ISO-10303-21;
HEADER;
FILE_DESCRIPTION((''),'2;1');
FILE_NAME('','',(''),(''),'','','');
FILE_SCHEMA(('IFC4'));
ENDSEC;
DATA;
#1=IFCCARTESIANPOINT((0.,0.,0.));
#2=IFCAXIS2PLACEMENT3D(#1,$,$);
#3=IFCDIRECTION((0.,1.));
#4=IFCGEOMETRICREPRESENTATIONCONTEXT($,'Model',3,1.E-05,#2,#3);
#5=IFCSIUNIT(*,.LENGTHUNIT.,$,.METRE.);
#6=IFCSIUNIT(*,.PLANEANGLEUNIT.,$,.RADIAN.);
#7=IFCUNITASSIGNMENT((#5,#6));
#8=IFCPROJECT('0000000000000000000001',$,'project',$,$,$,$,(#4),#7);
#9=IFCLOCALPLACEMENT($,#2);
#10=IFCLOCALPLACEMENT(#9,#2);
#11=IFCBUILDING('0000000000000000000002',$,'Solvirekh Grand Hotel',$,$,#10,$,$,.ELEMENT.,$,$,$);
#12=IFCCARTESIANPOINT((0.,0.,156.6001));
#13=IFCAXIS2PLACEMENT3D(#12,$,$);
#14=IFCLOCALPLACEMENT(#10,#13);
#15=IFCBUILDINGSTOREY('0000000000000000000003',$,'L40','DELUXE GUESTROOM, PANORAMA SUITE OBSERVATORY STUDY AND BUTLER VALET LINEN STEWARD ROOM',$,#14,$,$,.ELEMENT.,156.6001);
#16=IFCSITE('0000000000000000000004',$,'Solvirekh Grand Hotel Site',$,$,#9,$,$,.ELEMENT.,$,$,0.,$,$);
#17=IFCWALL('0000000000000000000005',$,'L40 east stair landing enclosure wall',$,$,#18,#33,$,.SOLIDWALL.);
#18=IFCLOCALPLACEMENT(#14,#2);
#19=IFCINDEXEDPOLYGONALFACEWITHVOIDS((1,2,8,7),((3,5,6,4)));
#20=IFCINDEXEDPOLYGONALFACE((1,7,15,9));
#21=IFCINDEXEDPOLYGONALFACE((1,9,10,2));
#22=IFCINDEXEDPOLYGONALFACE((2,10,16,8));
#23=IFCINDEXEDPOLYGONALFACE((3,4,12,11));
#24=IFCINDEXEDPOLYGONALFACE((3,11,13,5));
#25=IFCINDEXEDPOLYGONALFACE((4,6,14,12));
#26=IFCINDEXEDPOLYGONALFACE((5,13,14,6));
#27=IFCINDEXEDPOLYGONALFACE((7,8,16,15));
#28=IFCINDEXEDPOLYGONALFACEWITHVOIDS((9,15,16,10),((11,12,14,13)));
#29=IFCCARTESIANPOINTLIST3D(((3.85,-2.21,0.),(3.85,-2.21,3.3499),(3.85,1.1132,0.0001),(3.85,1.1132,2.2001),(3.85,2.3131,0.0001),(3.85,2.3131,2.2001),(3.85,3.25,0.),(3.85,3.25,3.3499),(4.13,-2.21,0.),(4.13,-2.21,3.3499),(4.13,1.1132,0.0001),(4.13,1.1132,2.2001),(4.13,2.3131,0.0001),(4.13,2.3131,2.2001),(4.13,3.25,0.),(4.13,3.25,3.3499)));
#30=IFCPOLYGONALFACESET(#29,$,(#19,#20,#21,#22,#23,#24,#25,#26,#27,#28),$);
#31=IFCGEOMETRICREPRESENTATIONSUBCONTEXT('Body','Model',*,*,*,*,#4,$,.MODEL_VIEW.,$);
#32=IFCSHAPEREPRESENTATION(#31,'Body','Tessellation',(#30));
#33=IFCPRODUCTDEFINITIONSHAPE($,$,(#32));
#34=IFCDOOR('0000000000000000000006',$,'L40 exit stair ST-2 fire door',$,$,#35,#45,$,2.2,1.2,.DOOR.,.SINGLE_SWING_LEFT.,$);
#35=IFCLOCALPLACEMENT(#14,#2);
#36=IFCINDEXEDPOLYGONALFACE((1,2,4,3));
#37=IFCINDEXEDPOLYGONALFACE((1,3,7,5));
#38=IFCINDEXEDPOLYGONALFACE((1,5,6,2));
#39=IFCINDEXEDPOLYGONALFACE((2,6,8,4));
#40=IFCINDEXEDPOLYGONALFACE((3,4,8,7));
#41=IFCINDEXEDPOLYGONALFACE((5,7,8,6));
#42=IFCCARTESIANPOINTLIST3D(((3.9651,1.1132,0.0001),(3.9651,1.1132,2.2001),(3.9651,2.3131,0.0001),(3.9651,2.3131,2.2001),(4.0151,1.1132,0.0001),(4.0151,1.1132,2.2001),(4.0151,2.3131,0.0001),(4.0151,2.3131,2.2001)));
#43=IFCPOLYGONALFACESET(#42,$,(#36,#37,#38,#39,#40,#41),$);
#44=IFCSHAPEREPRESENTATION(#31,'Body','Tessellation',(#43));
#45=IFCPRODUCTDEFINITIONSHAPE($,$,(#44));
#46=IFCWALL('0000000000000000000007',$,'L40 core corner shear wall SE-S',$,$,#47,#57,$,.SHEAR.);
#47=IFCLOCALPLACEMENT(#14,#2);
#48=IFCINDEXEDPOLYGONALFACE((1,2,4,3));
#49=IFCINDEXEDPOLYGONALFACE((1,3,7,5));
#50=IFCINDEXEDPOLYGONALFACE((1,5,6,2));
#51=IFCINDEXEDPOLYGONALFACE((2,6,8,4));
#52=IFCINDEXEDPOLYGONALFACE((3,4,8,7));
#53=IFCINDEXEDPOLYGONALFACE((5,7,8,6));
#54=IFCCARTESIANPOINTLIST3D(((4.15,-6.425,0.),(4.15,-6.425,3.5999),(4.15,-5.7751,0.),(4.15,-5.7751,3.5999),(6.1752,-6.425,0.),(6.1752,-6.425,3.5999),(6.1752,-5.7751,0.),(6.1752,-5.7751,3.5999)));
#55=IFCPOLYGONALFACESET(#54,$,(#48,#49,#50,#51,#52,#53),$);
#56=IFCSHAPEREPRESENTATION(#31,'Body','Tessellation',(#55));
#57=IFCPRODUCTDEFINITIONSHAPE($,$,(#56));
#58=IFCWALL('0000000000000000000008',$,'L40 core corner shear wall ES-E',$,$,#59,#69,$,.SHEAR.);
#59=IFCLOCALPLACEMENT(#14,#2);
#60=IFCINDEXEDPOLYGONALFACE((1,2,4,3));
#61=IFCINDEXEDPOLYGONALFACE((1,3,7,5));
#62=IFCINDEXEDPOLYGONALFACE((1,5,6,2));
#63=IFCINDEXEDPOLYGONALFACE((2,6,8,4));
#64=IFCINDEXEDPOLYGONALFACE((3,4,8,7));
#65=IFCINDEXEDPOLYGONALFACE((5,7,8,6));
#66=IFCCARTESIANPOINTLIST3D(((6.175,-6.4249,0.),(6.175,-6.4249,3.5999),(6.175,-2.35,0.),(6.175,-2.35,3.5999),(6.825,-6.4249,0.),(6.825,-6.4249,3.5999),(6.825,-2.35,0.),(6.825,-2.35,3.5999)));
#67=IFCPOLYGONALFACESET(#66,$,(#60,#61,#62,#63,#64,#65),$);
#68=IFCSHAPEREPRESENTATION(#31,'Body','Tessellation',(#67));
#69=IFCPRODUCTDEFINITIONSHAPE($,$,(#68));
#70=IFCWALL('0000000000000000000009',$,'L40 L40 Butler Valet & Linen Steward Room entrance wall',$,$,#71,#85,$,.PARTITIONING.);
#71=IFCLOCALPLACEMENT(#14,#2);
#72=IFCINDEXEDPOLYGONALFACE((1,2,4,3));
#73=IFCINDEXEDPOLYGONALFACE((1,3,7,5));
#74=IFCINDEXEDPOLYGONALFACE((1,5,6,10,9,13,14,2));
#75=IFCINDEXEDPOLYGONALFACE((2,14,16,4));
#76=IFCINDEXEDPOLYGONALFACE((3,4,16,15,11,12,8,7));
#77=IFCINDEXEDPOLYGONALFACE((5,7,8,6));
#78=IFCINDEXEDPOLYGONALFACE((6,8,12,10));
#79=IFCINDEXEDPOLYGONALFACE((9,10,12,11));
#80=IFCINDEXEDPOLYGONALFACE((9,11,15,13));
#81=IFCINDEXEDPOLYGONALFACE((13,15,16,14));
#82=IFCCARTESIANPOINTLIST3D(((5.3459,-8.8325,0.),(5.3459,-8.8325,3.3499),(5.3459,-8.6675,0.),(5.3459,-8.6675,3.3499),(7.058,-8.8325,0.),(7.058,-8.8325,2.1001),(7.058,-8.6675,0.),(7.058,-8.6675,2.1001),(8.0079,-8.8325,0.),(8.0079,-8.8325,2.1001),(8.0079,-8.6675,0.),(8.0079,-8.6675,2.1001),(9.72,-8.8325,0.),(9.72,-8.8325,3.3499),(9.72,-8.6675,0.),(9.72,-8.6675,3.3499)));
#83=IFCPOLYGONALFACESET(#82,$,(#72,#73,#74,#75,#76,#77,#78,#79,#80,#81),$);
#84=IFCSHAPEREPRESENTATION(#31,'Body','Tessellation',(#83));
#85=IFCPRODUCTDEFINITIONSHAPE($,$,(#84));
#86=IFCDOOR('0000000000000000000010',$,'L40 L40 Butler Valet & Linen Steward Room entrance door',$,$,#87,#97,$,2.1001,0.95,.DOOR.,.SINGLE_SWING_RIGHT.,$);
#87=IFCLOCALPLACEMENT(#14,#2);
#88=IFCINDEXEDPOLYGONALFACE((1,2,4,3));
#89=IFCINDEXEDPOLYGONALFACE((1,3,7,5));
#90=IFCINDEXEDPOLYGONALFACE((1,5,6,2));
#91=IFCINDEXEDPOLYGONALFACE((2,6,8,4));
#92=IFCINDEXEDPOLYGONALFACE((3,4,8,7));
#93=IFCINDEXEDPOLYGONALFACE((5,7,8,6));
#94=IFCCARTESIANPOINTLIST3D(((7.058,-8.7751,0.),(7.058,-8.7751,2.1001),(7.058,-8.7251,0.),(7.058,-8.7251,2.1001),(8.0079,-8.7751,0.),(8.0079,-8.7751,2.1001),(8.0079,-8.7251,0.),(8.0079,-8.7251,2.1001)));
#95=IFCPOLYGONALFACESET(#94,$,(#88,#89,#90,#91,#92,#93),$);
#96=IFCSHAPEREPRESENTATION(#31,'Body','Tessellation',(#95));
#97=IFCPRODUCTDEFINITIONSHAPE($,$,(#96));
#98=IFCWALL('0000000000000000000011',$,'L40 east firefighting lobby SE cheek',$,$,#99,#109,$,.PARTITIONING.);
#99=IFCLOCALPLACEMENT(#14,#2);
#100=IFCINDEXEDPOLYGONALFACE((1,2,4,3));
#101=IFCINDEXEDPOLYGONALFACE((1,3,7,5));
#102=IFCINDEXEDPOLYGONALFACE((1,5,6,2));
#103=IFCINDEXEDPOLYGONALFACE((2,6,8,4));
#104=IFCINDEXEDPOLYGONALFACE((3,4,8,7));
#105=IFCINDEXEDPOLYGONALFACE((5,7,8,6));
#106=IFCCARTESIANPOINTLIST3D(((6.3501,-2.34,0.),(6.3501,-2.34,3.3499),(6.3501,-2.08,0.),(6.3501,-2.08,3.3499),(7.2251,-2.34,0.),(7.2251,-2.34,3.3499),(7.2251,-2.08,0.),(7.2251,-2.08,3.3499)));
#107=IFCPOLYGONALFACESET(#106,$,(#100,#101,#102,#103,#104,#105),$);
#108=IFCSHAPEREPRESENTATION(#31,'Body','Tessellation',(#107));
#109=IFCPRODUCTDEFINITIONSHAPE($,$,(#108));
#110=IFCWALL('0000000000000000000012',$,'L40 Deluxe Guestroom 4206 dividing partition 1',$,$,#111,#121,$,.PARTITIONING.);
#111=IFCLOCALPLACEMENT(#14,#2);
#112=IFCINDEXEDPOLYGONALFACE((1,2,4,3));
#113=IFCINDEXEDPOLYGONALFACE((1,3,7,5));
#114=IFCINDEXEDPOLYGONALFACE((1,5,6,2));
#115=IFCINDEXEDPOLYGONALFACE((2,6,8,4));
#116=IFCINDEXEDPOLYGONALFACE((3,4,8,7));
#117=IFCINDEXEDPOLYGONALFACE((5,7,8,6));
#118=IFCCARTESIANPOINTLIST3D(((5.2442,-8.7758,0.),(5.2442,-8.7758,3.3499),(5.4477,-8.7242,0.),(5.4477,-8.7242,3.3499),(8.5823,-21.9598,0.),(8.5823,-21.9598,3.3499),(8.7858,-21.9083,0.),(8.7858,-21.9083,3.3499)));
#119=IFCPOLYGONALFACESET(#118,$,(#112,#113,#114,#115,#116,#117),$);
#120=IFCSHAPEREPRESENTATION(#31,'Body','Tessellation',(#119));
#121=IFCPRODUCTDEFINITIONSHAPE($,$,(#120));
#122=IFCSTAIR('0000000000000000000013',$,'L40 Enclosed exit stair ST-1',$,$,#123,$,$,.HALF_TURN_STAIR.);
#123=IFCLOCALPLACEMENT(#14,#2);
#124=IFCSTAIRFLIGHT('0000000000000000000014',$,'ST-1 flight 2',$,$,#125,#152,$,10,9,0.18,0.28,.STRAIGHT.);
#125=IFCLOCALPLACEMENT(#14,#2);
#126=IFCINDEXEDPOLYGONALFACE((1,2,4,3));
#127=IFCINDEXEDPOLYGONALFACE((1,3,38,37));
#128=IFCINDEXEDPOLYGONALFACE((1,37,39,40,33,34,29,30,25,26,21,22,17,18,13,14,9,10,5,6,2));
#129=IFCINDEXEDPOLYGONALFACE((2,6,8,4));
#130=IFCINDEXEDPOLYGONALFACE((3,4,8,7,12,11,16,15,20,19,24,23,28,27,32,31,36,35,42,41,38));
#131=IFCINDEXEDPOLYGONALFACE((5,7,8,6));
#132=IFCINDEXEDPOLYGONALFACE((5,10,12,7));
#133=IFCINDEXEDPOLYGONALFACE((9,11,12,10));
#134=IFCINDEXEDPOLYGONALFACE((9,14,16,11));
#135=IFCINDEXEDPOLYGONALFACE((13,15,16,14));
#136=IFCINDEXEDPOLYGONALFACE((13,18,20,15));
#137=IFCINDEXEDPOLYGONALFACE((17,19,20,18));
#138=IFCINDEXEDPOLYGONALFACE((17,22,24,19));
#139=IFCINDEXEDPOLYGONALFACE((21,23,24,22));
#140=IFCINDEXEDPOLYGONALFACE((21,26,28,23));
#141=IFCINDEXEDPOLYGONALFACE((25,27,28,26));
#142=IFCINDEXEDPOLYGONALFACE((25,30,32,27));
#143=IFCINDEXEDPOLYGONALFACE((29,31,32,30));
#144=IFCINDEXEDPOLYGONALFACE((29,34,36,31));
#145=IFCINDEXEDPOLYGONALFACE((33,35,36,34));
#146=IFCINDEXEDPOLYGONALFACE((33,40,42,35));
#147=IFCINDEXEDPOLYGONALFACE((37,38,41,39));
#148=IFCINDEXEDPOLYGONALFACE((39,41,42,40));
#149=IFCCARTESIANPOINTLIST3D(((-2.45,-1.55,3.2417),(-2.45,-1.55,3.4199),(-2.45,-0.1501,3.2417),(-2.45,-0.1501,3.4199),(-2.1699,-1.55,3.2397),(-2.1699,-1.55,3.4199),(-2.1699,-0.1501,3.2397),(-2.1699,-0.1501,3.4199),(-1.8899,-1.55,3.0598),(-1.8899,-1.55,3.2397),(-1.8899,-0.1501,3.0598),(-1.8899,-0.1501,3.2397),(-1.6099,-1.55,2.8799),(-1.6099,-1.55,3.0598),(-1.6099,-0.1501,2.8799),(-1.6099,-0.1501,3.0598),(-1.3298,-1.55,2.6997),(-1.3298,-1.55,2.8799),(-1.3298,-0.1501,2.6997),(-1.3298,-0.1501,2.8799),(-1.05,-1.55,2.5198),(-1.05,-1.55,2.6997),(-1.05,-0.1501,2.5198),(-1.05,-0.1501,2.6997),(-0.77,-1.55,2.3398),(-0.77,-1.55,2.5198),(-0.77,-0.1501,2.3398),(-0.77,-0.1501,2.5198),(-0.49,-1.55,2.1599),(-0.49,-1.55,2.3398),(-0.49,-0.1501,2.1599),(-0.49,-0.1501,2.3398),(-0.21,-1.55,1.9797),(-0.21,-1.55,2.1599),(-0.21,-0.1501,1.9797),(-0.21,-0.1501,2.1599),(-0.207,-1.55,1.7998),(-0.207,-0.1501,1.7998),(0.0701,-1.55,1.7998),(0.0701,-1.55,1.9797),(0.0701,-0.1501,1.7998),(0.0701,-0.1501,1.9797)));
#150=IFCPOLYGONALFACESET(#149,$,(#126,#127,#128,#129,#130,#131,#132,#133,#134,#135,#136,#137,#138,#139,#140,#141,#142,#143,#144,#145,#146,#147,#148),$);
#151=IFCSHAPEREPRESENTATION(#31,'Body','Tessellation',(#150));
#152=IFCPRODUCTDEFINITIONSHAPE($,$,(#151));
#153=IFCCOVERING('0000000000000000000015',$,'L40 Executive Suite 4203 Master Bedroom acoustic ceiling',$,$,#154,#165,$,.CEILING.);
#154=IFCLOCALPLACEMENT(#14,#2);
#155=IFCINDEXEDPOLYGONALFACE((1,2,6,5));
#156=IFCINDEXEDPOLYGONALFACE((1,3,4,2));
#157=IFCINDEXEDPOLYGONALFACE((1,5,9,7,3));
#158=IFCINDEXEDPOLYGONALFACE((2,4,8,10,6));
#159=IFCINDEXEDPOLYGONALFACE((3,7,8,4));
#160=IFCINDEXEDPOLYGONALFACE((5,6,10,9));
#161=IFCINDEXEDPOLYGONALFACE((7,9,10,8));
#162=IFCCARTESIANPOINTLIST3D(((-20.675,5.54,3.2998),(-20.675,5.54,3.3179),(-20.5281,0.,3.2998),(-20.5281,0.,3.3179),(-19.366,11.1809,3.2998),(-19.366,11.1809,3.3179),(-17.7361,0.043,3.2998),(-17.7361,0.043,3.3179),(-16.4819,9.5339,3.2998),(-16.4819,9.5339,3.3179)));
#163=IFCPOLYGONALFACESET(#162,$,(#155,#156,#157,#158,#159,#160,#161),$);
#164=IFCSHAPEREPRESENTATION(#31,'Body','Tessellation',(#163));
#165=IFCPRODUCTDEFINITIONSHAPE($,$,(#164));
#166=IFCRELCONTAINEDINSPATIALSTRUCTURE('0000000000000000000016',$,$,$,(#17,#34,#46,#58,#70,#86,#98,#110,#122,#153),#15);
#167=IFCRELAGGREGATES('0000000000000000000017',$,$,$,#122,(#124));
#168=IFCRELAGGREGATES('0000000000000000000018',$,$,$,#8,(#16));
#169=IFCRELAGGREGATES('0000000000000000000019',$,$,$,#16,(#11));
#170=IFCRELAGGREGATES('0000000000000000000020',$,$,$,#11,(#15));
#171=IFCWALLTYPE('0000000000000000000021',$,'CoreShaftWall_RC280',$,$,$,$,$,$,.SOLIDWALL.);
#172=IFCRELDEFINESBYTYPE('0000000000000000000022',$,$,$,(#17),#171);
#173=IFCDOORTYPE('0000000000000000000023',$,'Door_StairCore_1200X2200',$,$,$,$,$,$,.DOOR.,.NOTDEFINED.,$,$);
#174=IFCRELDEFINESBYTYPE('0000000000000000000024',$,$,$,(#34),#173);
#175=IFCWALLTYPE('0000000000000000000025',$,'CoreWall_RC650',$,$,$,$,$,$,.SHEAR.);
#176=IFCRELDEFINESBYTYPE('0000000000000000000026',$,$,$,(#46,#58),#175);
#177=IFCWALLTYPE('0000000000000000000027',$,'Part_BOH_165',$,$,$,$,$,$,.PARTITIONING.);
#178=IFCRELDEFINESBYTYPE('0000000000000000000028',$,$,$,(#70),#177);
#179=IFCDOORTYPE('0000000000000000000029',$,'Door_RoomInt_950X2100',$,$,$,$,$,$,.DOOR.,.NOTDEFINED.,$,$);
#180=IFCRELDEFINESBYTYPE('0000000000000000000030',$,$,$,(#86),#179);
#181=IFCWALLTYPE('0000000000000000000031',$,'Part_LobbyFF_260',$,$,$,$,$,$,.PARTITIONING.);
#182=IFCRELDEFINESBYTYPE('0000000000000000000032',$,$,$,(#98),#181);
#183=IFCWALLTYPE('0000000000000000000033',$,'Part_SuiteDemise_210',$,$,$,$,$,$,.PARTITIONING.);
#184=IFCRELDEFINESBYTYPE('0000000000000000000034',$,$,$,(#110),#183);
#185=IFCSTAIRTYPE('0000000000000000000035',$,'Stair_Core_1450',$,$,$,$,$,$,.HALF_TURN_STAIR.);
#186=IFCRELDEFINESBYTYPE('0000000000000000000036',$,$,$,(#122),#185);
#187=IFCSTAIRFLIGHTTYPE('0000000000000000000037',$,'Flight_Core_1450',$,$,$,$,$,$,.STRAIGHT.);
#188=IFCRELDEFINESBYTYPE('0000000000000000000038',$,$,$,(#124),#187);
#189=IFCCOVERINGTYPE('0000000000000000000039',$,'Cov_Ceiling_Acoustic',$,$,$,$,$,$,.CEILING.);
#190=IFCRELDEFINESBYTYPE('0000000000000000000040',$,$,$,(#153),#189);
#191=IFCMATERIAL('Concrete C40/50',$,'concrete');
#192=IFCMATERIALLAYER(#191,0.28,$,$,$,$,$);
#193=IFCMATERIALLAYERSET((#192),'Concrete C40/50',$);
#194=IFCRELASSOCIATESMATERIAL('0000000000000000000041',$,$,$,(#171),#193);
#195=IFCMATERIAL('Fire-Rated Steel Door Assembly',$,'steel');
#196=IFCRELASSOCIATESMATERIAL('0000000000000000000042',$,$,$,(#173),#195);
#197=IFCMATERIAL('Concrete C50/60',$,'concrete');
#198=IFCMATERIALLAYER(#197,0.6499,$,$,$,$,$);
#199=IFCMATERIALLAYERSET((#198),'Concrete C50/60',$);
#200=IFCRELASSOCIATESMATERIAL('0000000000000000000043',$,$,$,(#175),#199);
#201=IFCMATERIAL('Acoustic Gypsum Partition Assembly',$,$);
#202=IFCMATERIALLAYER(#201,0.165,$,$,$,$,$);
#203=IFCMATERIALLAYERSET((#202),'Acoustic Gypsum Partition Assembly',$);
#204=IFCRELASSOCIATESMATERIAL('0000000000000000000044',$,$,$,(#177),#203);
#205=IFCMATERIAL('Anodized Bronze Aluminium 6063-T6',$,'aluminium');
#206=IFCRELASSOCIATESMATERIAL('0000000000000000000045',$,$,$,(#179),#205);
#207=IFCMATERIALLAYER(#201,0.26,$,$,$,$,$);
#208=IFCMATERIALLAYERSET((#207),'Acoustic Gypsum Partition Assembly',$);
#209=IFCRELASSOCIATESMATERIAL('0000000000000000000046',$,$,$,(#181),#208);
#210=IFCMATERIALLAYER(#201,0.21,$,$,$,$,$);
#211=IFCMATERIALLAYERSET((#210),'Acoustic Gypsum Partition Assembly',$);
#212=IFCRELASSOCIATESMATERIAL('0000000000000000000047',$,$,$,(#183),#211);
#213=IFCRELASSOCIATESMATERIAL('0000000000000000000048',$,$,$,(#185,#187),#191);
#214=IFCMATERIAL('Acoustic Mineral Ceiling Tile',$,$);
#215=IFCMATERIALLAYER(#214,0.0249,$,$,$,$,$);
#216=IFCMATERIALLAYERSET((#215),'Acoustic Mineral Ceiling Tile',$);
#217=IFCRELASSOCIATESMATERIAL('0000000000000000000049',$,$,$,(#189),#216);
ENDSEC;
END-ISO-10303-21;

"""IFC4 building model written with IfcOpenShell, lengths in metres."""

from ifc_helpers import new_model, si_unit, direction, frame, frame_2d, origin, place, context, subcontext, project, spatial, polyline, rectangle, outline, extrude, material, layer, layer_set, type_object, element, fill, aggregate, save


model = new_model("IFC4")

# Units and contexts
model_context = context("Model", 3, precision=1e-05, world=origin(), true_north=direction((0.0, 1.0)))
body_context = subcontext(model_context, "Body", "Model", "MODEL_VIEW")
ifc_project = project(units=[si_unit("LENGTHUNIT", "METRE"), si_unit("PLANEANGLEUNIT", "RADIAN")], contexts=[model_context])

# Site, building, storey
site_placement = place(None, origin())
site = spatial("IfcSite", under=ifc_project, at=site_placement, Name="Solvirekh Grand Hotel Site", CompositionType="ELEMENT", RefElevation=0.0)
building_placement = place(site_placement, origin())
building = spatial("IfcBuilding", under=site, at=building_placement, Name="Solvirekh Grand Hotel", CompositionType="ELEMENT")
storey_placement = place(building_placement, frame((0.0, 0.0, 156.6001)))
storey = spatial("IfcBuildingStorey", under=building, at=storey_placement, Name="L40", Description="DELUXE GUESTROOM, PANORAMA SUITE OBSERVATORY STUDY AND BUTLER VALET LINEN STEWARD ROOM", CompositionType="ELEMENT", Elevation=156.6001)

# Shared definitions
ifc_material_1 = material(Name="Concrete C50/60", Category="concrete")

# Shared definitions
ifc_material_2 = material(Name="Anodized Bronze Aluminium 6063-T6", Category="aluminium")

# Shared definitions
ifc_material_3 = material(Name="Concrete C40/50", Category="concrete")
ifc_layer_1 = layer(ifc_material_3, 0.28)
ifc_layer_set_1 = layer_set([ifc_layer_1], Name="Concrete C40/50")
wall_type_1 = type_object("IfcWallType", Name="CoreShaftWall_RC280", PredefinedType="SOLIDWALL", material=ifc_layer_set_1)

# Shared definitions
ifc_material_4 = material(Name="Fire-Rated Steel Door Assembly", Category="steel")

# Wall, opening, door
wall_1_placement = place(storey_placement, frame((3.99, -2.21, 0.0), z_axis=(0.0, 0.0, 1.0), x_axis=(0.0, 1.0, 0.0)))
wall_1 = element("IfcWall", 1, at=wall_1_placement, inside=storey, type_object=wall_type_1, Name="L40 east stair landing enclosure wall", PredefinedType="SOLIDWALL", context=body_context, shape_type="SweptSolid", body=[
    extrude(rectangle(XDim=5.46, YDim=0.28, at=frame_2d((2.73, 0.0))), origin(), (0.0, 0.0, 1.0), 3.3499),
])
opening_1_placement = place(wall_1_placement, frame((3.323, 0.0, 0.0)))
opening_1 = element("IfcOpeningElement", 2, at=opening_1_placement, cuts=wall_1, PredefinedType="OPENING", context=body_context, shape_type="SweptSolid", body=[
    extrude(rectangle(XDim=1.2, YDim=2.2, at=frame_2d((0.6001, 1.1001))), frame((0.0, 0.1499, 0.0), z_axis=(0.0, -1.0, 0.0), x_axis=(1.0, 0.0, 0.0)), (0.0, 0.0, 1.0), 0.3),
])
door_type_1 = type_object("IfcDoorType", Name="Door_StairCore_1200X2200", OperationType="NOTDEFINED", PredefinedType="DOOR", material=ifc_material_4)
door_1_placement = place(opening_1_placement, origin())
door_1 = element("IfcDoor", 3, at=door_1_placement, inside=storey, type_object=door_type_1, Name="L40 exit stair ST-2 fire door", OperationType="SINGLE_SWING_LEFT", OverallHeight=2.2, OverallWidth=1.2, PredefinedType="DOOR", context=body_context, shape_type="SweptSolid", body=[
    extrude(rectangle(XDim=1.2, YDim=2.2, at=frame_2d((0.6001, 1.1001))), frame((0.0, 0.0249, 0.0), z_axis=(0.0, -1.0, 0.0), x_axis=(1.0, 0.0, 0.0)), (0.0, 0.0, 1.0), 0.05),
])
fill(opening_1, door_1)

# Walls
ifc_layer_2 = layer(ifc_material_1, 0.6499)
ifc_layer_set_2 = layer_set([ifc_layer_2], Name="Concrete C50/60")
wall_type_2 = type_object("IfcWallType", Name="CoreWall_RC650", PredefinedType="SHEAR", material=ifc_layer_set_2)
wall_2_placement = place(storey_placement, frame((4.1499, -6.1001, 0.0), z_axis=(0.0, 0.0, 1.0), x_axis=(1.0, 0.0, 0.0)))
element("IfcWall", 4, at=wall_2_placement, inside=storey, type_object=wall_type_2, Name="L40 core corner shear wall SE-S", PredefinedType="SHEAR", context=body_context, shape_type="SweptSolid", body=[
    extrude(rectangle(XDim=2.0251, YDim=0.6499, at=frame_2d((1.0127, 0.0))), origin(), (0.0, 0.0, 1.0), 3.5999),
])
wall_3_placement = place(storey_placement, frame((6.5, -6.425, 0.0), z_axis=(0.0, 0.0, 1.0), x_axis=(0.0, 1.0, 0.0)))
element("IfcWall", 5, at=wall_3_placement, inside=storey, type_object=wall_type_2, Name="L40 core corner shear wall ES-E", PredefinedType="SHEAR", context=body_context, shape_type="SweptSolid", body=[
    extrude(rectangle(XDim=4.075, YDim=0.6499, at=frame_2d((2.0376, 0.0))), origin(), (0.0, 0.0, 1.0), 3.5999),
])

# Wall, opening, door
ifc_material_5 = material(Name="Acoustic Gypsum Partition Assembly")
ifc_layer_3 = layer(ifc_material_5, 0.165)
ifc_layer_set_3 = layer_set([ifc_layer_3], Name="Acoustic Gypsum Partition Assembly")
wall_type_3 = type_object("IfcWallType", Name="Part_BOH_165", PredefinedType="PARTITIONING", material=ifc_layer_set_3)
wall_4_placement = place(storey_placement, frame((5.3459, -8.75, 0.0), z_axis=(0.0, 0.0, 1.0), x_axis=(1.0, 0.0, 0.0)))
wall_4 = element("IfcWall", 6, at=wall_4_placement, inside=storey, type_object=wall_type_3, Name="L40 L40 Butler Valet & Linen Steward Room entrance wall", PredefinedType="PARTITIONING", context=body_context, shape_type="SweptSolid", body=[
    extrude(rectangle(XDim=4.374, YDim=0.165, at=frame_2d((2.187, 0.0))), origin(), (0.0, 0.0, 1.0), 3.3499),
])
opening_2_placement = place(wall_4_placement, frame((1.7119, 0.0, 0.0)))
opening_2 = element("IfcOpeningElement", 7, at=opening_2_placement, cuts=wall_4, PredefinedType="OPENING", context=body_context, shape_type="SweptSolid", body=[
    extrude(rectangle(XDim=0.95, YDim=2.1001, at=frame_2d((0.4751, 1.05))), frame((0.0, 0.0925, 0.0), z_axis=(0.0, -1.0, 0.0), x_axis=(1.0, 0.0, 0.0)), (0.0, 0.0, 1.0), 0.1851),
])
door_type_2 = type_object("IfcDoorType", Name="Door_RoomInt_950X2100", OperationType="NOTDEFINED", PredefinedType="DOOR", material=ifc_material_2)
door_2_placement = place(opening_2_placement, origin())
door_2 = element("IfcDoor", 8, at=door_2_placement, inside=storey, type_object=door_type_2, Name="L40 L40 Butler Valet & Linen Steward Room entrance door", OperationType="SINGLE_SWING_RIGHT", OverallHeight=2.1001, OverallWidth=0.95, PredefinedType="DOOR", context=body_context, shape_type="SweptSolid", body=[
    extrude(rectangle(XDim=0.95, YDim=2.1001, at=frame_2d((0.4751, 1.05))), frame((0.0, 0.0249, 0.0), z_axis=(0.0, -1.0, 0.0), x_axis=(1.0, 0.0, 0.0)), (0.0, 0.0, 1.0), 0.05),
])
fill(opening_2, door_2)

# Walls
ifc_layer_4 = layer(ifc_material_5, 0.26)
ifc_layer_set_4 = layer_set([ifc_layer_4], Name="Acoustic Gypsum Partition Assembly")
wall_type_4 = type_object("IfcWallType", Name="Part_LobbyFF_260", PredefinedType="PARTITIONING", material=ifc_layer_set_4)
wall_5_placement = place(storey_placement, frame((6.3501, -2.21, 0.0), z_axis=(0.0, 0.0, 1.0), x_axis=(1.0, 0.0, 0.0)))
element("IfcWall", 9, at=wall_5_placement, inside=storey, type_object=wall_type_4, Name="L40 east firefighting lobby SE cheek", PredefinedType="PARTITIONING", context=body_context, shape_type="SweptSolid", body=[
    extrude(rectangle(XDim=0.875, YDim=0.26, at=frame_2d((0.4375, 0.0))), origin(), (0.0, 0.0, 1.0), 3.3499),
])
ifc_layer_5 = layer(ifc_material_5, 0.21)
ifc_layer_set_5 = layer_set([ifc_layer_5], Name="Acoustic Gypsum Partition Assembly")
wall_type_5 = type_object("IfcWallType", Name="Part_SuiteDemise_210", PredefinedType="PARTITIONING", material=ifc_layer_set_5)
wall_6_placement = place(storey_placement, frame((5.3459, -8.75, 0.0), z_axis=(0.0, 0.0, 1.0), x_axis=(0.245449, -0.96941, 0.0)))
element("IfcWall", 10, at=wall_6_placement, inside=storey, type_object=wall_type_5, Name="L40 Deluxe Guestroom 4206 dividing partition 1", PredefinedType="PARTITIONING", context=body_context, shape_type="SweptSolid", body=[
    extrude(rectangle(XDim=13.6001, YDim=0.21, at=frame_2d((6.8, 0.0))), origin(), (0.0, 0.0, 1.0), 3.3499),
])

# Stair, stair flight
stair_type = type_object("IfcStairType", Name="Stair_Core_1450", PredefinedType="HALF_TURN_STAIR", material=ifc_material_3)
stair_placement = place(storey_placement, origin())
stair = element("IfcStair", 11, at=stair_placement, inside=storey, type_object=stair_type, Name="L40 Enclosed exit stair ST-1", PredefinedType="HALF_TURN_STAIR")
stair_flight_type = type_object("IfcStairFlightType", Name="Flight_Core_1450", PredefinedType="STRAIGHT", material=ifc_material_3)
stair_flight_placement = place(storey_placement, frame((0.0701, -0.8501, 1.7998), z_axis=(0.0, 0.0, 1.0), x_axis=(-1.0, 0.0, 0.0)))
stair_flight = element("IfcStairFlight", 12, at=stair_flight_placement, type_object=stair_flight_type, Name="ST-1 flight 2", NumberOfRisers=10, NumberOfTreads=9, PredefinedType="STRAIGHT", RiserHeight=0.18, TreadLength=0.28, context=body_context, shape_type="SweptSolid", body=[
    extrude(outline(polyline([(0.0, 0.0), (0.0, 0.1799), (0.28, 0.1799), (0.28, 0.3601), (0.5601, 0.3601), (0.5601, 0.54), (0.8401, 0.54), (0.8401, 0.72), (1.1201, 0.72), (1.1201, 0.8999), (1.3999, 0.8999), (1.3999, 1.0801), (1.6799, 1.0801), (1.6799, 1.26), (1.96, 1.26), (1.96, 1.4399), (2.24, 1.4399), (2.24, 1.6201), (2.52, 1.6201), (2.52, 1.8), (2.52, 1.4419), (0.2771, 0.0), (0.0, 0.0)])), frame((0.0, 0.7, 0.0), z_axis=(0.0, -1.0, 0.0), x_axis=(1.0, 0.0, 0.0)), (0.0, 0.0, 1.0), 1.3999),
])
aggregate(stair, [stair_flight])

# Covering
ifc_material_6 = material(Name="Acoustic Mineral Ceiling Tile")
ifc_layer_6 = layer(ifc_material_6, 0.0249)
ifc_layer_set_6 = layer_set([ifc_layer_6], Name="Acoustic Mineral Ceiling Tile")
covering_type_1 = type_object("IfcCoveringType", Name="Cov_Ceiling_Acoustic", PredefinedType="CEILING", material=ifc_layer_set_6)
covering_1_placement = place(storey_placement, frame((0.0, 0.0, 3.2998)))
element("IfcCovering", 13, at=covering_1_placement, inside=storey, type_object=covering_type_1, Name="L40 Executive Suite 4203 Master Bedroom acoustic ceiling", PredefinedType="CEILING", context=body_context, shape_type="SweptSolid", body=[
    extrude(outline(polyline([(-19.366, 11.1809), (-20.675, 5.54), (-20.5281, 0.0), (-17.7361, 0.043), (-16.4819, 9.5339), (-19.366, 11.1809)])), origin(), (0.0, 0.0, 1.0), 0.0181),
])

save(model, "model.ifc")
